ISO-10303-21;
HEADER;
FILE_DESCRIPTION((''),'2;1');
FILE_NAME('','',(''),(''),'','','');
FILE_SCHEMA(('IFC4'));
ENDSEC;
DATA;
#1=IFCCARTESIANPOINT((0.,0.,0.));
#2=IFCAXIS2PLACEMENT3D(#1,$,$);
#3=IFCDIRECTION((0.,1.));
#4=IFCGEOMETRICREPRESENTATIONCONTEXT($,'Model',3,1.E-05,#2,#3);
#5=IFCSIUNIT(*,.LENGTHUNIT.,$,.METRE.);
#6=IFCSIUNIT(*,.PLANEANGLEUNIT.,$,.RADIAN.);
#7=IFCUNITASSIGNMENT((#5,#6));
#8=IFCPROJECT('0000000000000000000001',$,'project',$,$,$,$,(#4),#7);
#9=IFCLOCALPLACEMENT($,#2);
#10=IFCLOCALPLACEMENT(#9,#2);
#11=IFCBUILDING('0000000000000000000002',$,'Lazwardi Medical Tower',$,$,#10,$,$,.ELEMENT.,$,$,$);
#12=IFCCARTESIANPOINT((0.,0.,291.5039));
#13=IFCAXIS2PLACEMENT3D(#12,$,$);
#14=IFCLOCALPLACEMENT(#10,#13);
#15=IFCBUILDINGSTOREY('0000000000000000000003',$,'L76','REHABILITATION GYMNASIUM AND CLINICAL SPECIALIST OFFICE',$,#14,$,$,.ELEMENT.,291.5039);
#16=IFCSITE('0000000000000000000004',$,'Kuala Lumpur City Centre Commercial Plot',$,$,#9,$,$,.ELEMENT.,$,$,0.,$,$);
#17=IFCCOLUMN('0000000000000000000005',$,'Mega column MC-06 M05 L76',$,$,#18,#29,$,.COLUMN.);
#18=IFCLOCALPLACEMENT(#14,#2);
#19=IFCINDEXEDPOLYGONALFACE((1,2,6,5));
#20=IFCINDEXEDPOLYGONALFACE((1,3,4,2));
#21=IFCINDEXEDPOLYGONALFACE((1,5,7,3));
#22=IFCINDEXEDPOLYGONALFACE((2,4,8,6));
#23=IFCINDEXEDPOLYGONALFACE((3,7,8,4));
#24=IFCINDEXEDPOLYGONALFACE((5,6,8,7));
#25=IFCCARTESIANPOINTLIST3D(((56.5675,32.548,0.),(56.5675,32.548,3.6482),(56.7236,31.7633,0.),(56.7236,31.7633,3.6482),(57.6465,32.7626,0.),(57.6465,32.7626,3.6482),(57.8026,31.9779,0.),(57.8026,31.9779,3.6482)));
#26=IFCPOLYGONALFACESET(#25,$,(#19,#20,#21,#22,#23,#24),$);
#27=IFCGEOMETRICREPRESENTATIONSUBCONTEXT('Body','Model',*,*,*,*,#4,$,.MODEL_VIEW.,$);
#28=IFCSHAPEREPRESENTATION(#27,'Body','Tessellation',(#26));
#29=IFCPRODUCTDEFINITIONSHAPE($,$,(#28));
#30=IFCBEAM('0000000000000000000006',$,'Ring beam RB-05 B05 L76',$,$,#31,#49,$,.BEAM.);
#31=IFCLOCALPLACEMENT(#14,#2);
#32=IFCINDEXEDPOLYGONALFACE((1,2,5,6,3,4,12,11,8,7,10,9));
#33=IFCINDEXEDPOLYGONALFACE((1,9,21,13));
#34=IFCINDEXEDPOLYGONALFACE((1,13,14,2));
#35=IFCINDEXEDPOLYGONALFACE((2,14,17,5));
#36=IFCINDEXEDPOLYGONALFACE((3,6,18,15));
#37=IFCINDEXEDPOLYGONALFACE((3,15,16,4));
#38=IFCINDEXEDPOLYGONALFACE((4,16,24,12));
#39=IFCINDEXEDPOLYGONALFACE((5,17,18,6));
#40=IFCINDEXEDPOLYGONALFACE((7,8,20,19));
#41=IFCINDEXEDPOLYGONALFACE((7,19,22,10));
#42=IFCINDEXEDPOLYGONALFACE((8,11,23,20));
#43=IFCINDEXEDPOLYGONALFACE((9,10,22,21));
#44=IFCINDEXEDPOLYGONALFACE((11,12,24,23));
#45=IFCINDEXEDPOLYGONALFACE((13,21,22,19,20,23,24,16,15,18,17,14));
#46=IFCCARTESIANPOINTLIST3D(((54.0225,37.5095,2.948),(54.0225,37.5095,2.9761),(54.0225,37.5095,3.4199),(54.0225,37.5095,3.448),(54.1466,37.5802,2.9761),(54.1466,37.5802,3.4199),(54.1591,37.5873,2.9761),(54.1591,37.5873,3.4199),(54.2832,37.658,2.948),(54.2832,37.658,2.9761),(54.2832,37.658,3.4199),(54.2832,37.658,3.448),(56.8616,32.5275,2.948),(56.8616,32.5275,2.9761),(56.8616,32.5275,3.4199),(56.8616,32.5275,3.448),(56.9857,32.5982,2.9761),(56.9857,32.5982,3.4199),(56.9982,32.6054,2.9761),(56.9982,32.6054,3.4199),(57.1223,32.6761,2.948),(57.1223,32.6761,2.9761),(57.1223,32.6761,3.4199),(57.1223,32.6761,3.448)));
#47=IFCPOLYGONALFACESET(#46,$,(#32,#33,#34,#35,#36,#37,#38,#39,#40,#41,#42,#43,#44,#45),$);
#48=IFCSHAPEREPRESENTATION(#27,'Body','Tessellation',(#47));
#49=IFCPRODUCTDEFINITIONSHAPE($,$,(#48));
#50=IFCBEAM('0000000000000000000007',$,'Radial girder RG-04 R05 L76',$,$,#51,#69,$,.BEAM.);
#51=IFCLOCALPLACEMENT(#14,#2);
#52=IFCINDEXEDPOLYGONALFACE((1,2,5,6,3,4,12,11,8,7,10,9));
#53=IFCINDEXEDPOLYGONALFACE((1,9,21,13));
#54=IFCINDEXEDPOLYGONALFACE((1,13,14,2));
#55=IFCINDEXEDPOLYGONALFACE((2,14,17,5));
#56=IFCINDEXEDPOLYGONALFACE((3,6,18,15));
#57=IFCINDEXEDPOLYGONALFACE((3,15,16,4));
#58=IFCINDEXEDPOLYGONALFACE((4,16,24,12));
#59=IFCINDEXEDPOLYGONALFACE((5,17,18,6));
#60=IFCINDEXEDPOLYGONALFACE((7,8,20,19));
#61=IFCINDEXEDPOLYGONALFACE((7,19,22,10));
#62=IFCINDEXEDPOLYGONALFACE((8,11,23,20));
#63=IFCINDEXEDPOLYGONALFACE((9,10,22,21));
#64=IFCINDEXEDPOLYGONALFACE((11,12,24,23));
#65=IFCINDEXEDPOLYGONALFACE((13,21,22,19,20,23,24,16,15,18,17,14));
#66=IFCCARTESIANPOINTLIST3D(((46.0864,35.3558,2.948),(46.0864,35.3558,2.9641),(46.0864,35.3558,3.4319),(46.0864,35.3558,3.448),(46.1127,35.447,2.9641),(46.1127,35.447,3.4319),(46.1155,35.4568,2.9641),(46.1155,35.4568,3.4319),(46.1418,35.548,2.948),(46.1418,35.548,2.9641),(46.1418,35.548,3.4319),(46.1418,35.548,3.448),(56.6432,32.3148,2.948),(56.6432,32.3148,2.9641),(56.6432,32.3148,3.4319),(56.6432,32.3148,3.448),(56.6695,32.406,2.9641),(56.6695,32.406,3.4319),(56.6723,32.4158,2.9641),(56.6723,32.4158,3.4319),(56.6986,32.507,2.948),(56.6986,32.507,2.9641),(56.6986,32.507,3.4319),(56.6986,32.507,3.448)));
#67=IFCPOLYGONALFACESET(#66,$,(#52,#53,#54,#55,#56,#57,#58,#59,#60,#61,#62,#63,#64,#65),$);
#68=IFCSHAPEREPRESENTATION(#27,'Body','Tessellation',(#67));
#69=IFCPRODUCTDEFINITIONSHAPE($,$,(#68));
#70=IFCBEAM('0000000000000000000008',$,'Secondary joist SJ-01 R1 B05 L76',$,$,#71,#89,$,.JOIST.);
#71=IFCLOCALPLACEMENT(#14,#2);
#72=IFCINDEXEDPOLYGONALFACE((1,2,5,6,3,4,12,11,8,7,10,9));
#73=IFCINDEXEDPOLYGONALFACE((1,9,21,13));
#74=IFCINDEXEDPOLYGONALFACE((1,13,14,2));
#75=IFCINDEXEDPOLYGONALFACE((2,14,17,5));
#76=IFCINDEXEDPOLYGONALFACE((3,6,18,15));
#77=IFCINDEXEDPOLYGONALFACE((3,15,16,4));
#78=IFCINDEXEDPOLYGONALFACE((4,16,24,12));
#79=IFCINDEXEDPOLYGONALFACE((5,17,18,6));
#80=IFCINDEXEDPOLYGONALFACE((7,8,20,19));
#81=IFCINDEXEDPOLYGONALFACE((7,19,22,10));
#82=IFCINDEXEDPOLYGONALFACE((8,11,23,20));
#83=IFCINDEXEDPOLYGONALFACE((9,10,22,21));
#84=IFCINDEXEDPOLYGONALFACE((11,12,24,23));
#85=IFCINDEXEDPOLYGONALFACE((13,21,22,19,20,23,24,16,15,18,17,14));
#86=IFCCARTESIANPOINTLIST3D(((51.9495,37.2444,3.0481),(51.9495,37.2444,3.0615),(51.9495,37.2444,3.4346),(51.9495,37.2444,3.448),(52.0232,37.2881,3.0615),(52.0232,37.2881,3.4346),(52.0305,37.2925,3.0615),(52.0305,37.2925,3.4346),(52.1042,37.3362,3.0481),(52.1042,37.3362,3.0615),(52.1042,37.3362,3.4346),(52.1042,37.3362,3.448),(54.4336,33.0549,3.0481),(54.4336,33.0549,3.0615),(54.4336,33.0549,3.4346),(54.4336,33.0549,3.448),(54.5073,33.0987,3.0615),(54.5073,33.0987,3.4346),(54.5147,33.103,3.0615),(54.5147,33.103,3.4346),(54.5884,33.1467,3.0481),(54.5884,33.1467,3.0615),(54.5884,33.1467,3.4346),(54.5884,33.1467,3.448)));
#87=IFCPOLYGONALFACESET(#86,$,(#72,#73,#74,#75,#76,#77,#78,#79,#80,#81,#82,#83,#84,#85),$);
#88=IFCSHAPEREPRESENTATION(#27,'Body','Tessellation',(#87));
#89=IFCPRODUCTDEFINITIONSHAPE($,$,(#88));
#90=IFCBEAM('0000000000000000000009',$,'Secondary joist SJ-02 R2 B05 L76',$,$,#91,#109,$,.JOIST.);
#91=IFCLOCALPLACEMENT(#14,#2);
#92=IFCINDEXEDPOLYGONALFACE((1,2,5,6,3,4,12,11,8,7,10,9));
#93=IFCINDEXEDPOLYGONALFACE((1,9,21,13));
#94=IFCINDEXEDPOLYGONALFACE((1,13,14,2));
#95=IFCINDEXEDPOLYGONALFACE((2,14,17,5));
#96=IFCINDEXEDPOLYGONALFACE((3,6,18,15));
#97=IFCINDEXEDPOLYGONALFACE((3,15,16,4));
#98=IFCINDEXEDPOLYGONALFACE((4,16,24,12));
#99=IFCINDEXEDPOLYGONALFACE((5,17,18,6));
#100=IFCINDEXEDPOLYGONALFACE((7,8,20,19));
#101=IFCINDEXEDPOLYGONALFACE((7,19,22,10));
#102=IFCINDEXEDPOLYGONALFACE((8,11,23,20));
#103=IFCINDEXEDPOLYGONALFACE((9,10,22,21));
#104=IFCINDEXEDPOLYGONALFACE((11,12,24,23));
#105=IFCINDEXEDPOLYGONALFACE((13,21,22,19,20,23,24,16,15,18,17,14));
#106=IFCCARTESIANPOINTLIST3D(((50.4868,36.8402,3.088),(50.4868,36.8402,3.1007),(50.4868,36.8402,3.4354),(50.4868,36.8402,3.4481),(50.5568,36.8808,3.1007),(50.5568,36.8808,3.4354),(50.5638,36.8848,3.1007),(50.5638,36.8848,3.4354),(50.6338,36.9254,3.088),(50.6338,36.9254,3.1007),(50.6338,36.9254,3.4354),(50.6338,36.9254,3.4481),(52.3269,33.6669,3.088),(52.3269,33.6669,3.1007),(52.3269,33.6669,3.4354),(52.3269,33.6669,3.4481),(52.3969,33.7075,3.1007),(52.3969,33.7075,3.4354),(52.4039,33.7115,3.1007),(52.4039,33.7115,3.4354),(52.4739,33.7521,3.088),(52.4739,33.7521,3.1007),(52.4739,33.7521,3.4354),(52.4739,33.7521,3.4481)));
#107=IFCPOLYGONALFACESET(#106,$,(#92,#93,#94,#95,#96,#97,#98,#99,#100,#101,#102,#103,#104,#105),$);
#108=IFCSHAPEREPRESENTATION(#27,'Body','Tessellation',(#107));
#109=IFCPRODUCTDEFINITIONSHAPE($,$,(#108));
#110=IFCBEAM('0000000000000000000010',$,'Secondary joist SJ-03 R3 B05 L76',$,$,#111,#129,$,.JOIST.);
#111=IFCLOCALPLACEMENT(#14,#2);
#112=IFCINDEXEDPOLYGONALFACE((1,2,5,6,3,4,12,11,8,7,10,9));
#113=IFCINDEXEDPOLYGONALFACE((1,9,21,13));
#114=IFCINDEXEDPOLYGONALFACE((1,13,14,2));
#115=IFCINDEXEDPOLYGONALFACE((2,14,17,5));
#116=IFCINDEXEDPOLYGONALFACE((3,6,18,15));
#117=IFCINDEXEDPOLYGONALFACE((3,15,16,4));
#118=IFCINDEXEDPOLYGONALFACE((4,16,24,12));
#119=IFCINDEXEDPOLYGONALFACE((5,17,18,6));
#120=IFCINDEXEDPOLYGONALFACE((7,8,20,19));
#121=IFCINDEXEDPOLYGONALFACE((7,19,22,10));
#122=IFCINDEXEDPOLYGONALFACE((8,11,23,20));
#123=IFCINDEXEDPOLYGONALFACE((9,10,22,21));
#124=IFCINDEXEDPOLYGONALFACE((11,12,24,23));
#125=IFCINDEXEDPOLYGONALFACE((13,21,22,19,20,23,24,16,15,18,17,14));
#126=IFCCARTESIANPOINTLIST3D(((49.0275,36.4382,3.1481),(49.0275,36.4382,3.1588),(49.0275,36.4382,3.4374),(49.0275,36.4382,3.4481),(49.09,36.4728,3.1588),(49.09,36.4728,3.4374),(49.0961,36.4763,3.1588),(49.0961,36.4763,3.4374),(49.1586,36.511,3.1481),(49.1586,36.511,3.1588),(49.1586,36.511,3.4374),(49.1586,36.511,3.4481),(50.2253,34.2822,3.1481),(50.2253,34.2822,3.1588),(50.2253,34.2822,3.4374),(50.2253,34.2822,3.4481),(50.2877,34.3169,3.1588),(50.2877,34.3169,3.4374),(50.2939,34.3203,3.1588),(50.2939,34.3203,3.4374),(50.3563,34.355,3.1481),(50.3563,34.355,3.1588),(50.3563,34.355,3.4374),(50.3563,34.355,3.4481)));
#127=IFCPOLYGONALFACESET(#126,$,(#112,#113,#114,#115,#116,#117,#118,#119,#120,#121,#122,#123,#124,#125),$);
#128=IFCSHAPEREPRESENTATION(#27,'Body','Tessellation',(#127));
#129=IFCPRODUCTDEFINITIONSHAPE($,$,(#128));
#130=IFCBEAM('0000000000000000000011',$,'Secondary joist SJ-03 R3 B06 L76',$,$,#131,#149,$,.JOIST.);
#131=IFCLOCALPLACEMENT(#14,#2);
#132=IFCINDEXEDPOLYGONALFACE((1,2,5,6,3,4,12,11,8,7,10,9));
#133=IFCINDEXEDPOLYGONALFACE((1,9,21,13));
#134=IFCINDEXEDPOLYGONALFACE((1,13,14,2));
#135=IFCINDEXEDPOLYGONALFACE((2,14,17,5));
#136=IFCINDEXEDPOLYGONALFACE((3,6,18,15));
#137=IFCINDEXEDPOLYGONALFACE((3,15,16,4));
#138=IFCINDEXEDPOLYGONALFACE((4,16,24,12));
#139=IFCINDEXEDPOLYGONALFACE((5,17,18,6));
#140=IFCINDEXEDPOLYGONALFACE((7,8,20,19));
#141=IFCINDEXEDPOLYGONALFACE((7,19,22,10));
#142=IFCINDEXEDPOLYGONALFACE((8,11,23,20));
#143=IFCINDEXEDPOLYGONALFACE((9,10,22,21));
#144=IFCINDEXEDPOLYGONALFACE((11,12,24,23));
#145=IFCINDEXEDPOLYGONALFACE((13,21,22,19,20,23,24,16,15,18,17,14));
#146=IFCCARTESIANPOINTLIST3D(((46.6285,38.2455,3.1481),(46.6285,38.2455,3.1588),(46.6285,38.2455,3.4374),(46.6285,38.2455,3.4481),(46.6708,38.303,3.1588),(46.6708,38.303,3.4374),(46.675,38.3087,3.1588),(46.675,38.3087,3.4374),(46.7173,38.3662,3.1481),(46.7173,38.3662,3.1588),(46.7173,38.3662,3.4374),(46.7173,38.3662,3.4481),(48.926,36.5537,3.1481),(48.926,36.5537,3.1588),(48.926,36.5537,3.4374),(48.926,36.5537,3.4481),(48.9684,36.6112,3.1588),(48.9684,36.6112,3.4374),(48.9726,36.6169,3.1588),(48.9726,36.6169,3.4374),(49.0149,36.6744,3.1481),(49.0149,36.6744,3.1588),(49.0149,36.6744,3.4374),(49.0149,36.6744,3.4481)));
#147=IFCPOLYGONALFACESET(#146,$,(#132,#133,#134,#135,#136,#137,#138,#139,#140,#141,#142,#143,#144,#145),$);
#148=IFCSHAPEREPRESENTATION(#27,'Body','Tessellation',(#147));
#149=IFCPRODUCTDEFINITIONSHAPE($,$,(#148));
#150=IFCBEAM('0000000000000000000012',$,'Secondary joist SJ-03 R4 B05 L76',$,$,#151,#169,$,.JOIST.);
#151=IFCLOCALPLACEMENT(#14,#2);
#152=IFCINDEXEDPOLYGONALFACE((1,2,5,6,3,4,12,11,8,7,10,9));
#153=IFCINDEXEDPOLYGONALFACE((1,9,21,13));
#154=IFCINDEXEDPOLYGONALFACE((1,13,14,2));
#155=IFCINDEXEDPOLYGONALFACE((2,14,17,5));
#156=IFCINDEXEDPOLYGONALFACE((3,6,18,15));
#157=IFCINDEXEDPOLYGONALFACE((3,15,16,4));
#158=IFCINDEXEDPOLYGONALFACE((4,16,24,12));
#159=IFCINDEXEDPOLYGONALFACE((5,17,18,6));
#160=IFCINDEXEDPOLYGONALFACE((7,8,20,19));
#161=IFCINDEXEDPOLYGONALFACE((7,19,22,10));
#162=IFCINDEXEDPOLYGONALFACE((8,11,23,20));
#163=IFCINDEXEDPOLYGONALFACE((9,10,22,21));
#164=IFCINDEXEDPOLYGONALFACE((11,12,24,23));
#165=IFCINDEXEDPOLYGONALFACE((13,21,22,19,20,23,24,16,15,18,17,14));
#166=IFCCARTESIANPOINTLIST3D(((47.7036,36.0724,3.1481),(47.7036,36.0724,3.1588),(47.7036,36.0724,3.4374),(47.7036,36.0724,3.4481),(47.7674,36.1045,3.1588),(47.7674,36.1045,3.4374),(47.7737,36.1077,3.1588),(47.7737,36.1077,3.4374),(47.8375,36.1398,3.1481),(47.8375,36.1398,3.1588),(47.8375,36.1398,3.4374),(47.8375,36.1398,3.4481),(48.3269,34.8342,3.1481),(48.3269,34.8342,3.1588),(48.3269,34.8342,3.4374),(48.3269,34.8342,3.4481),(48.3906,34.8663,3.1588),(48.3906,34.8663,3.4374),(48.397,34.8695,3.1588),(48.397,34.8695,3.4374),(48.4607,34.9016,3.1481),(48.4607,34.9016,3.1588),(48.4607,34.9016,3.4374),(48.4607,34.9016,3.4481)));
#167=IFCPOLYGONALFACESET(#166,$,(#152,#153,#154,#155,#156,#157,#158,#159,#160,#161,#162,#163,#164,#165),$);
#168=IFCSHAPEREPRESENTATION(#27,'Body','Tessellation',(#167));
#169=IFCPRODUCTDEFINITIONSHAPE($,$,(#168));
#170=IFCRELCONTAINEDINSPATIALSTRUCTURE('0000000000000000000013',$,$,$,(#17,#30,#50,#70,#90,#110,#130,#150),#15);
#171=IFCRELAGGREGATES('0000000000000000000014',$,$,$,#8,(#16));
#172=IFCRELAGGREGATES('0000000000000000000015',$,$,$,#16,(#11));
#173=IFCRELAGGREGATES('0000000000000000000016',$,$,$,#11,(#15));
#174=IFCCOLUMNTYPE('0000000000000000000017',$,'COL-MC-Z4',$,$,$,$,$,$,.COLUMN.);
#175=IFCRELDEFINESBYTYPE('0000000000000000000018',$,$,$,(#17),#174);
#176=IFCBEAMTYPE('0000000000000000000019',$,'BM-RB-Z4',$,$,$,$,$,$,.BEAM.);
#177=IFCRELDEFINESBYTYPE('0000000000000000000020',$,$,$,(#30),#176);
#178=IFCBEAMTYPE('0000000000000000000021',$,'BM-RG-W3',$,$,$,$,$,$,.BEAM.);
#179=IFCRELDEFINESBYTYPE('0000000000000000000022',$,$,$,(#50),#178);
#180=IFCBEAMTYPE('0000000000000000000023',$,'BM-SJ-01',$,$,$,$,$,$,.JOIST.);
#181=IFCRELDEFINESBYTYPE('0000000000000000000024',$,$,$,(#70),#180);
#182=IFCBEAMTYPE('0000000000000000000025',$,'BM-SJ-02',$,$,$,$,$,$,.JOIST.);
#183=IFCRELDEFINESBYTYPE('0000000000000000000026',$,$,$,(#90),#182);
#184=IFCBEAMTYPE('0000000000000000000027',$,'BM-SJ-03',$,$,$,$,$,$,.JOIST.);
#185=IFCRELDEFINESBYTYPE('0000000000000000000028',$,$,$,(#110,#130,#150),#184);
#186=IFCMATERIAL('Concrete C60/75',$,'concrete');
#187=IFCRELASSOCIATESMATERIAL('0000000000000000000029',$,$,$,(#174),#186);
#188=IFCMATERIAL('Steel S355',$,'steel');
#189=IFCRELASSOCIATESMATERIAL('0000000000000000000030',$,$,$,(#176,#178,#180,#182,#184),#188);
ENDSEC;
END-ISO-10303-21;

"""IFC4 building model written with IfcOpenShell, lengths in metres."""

from ifc_helpers import new_model, si_unit, direction, frame, origin, origin_2d, place, context, subcontext, project, spatial, rectangle, i_section, extrude, material, material_profile, profile_set, type_object, element, save


model = new_model("IFC4")

# Units and contexts
model_context = context("Model", 3, precision=1e-05, world=origin(), true_north=direction((0.0, 1.0)))
body_context = subcontext(model_context, "Body", "Model", "MODEL_VIEW")
ifc_project = project(units=[si_unit("LENGTHUNIT", "METRE"), si_unit("PLANEANGLEUNIT", "RADIAN")], contexts=[model_context])

# Site, building, storey
site_placement = place(None, origin())
site = spatial("IfcSite", under=ifc_project, at=site_placement, Name="Kuala Lumpur City Centre Commercial Plot", CompositionType="ELEMENT", RefElevation=0.0)
building_placement = place(site_placement, origin())
building = spatial("IfcBuilding", under=site, at=building_placement, Name="Lazwardi Medical Tower", CompositionType="ELEMENT")
storey_placement = place(building_placement, frame((0.0, 0.0, 291.5039)))
storey = spatial("IfcBuildingStorey", under=building, at=storey_placement, Name="L76", Description="REHABILITATION GYMNASIUM AND CLINICAL SPECIALIST OFFICE", CompositionType="ELEMENT", Elevation=291.5039)

# Column
ifc_material_1 = material(Name="Concrete C60/75", Category="concrete")
ifc_material_profile_1 = material_profile(ifc_material_1, rectangle(XDim=1.1001, YDim=0.8, at=origin_2d()), Name="CFT-RECT 1100x800")
ifc_profile_set_1 = profile_set([ifc_material_profile_1], Name="Concrete C60/75")
column_type = type_object("IfcColumnType", Name="COL-MC-Z4", PredefinedType="COLUMN", material=ifc_profile_set_1)
column_placement = place(storey_placement, frame((57.1851, 32.2629, 0.0), z_axis=(0.0, 0.0, 1.0), x_axis=(0.980785, 0.19509, 0.0)))
element("IfcColumn", 1, at=column_placement, inside=storey, type_object=column_type, Name="Mega column MC-06 M05 L76", PredefinedType="COLUMN", context=body_context, shape_type="SweptSolid", body=[
    extrude(rectangle(XDim=1.1001, YDim=0.8, at=origin_2d()), origin(), (0.0, 0.0, 1.0), 3.6482),
])

# Beams
ifc_material_2 = material(Name="Steel S355", Category="steel")
ifc_material_profile_2 = material_profile(ifc_material_2, i_section(OverallWidth=0.3, OverallDepth=0.5, WebThickness=0.0144, FlangeThickness=0.0281, at=origin_2d()), Name="HEB 500")
ifc_profile_set_2 = profile_set([ifc_material_profile_2], Name="Steel S355")
beam_type_1 = type_object("IfcBeamType", Name="BM-RB-Z4", PredefinedType="BEAM", material=ifc_profile_set_2)
beam_1_placement = place(storey_placement, frame((56.9919, 32.6018, 3.198), z_axis=(-0.495125, 0.868822, 0.0), x_axis=(-0.868822, -0.495125, 0.0)))
element("IfcBeam", 2, at=beam_1_placement, inside=storey, type_object=beam_type_1, Name="Ring beam RB-05 B05 L76", PredefinedType="BEAM", context=body_context, shape_type="SweptSolid", body=[
    extrude(i_section(OverallWidth=0.3, OverallDepth=0.5, WebThickness=0.0144, FlangeThickness=0.0281, at=origin_2d()), origin(), (0.0, 0.0, 1.0), 5.7341),
])
ifc_material_profile_3 = material_profile(ifc_material_2, i_section(OverallWidth=0.2, OverallDepth=0.5, WebThickness=0.0103, FlangeThickness=0.0161, at=origin_2d()), Name="IPE 500")
ifc_profile_set_3 = profile_set([ifc_material_profile_3], Name="Steel S355")
beam_type_2 = type_object("IfcBeamType", Name="BM-RG-W3", PredefinedType="BEAM", material=ifc_profile_set_3)
beam_2_placement = place(storey_placement, frame((56.6709, 32.4109, 3.198), z_axis=(-0.960926, 0.276804, 0.0), x_axis=(-0.276804, -0.960926, 0.0)))
element("IfcBeam", 3, at=beam_2_placement, inside=storey, type_object=beam_type_2, Name="Radial girder RG-04 R05 L76", PredefinedType="BEAM", context=body_context, shape_type="SweptSolid", body=[
    extrude(i_section(OverallWidth=0.2, OverallDepth=0.5, WebThickness=0.0103, FlangeThickness=0.0161, at=origin_2d()), origin(), (0.0, 0.0, 1.0), 10.9861),
])
ifc_material_profile_4 = material_profile(ifc_material_2, i_section(OverallWidth=0.1799, OverallDepth=0.3999, WebThickness=0.0085, FlangeThickness=0.0134, at=origin_2d()), Name="IPE 400")
ifc_profile_set_4 = profile_set([ifc_material_profile_4], Name="Steel S355")
beam_type_3 = type_object("IfcBeamType", Name="BM-SJ-01", PredefinedType="JOIST", material=ifc_profile_set_4)
beam_3_placement = place(storey_placement, frame((54.511, 33.1008, 3.248), z_axis=(-0.510029, 0.860157, 0.0), x_axis=(-0.860157, -0.510029, 0.0)))
element("IfcBeam", 4, at=beam_3_placement, inside=storey, type_object=beam_type_3, Name="Secondary joist SJ-01 R1 B05 L76", PredefinedType="JOIST", context=body_context, shape_type="SweptSolid", body=[
    extrude(i_section(OverallWidth=0.1799, OverallDepth=0.3999, WebThickness=0.0085, FlangeThickness=0.0134, at=origin_2d()), origin(), (0.0, 0.0, 1.0), 4.8706),
])
ifc_material_profile_5 = material_profile(ifc_material_2, i_section(OverallWidth=0.1699, OverallDepth=0.3601, WebThickness=0.0081, FlangeThickness=0.0127, at=origin_2d()), Name="IPE 360")
ifc_profile_set_5 = profile_set([ifc_material_profile_5], Name="Steel S355")
beam_type_4 = type_object("IfcBeamType", Name="BM-SJ-02", PredefinedType="JOIST", material=ifc_profile_set_5)
beam_4_placement = place(storey_placement, frame((52.4004, 33.7095, 3.2681), z_axis=(-0.501626, 0.865084, 0.0), x_axis=(-0.865084, -0.501626, 0.0)))
element("IfcBeam", 5, at=beam_4_placement, inside=storey, type_object=beam_type_4, Name="Secondary joist SJ-02 R2 B05 L76", PredefinedType="JOIST", context=body_context, shape_type="SweptSolid", body=[
    extrude(i_section(OverallWidth=0.1699, OverallDepth=0.3601, WebThickness=0.0081, FlangeThickness=0.0127, at=origin_2d()), origin(), (0.0, 0.0, 1.0), 3.6682),
])
ifc_material_profile_6 = material_profile(ifc_material_2, i_section(OverallWidth=0.1499, OverallDepth=0.3, WebThickness=0.0071, FlangeThickness=0.0107, at=origin_2d()), Name="IPE 300")
ifc_profile_set_6 = profile_set([ifc_material_profile_6], Name="Steel S355")
beam_type_5 = type_object("IfcBeamType", Name="BM-SJ-03", PredefinedType="JOIST", material=ifc_profile_set_6)
beam_5_placement = place(storey_placement, frame((50.2908, 34.3186, 3.2981), z_axis=(-0.485635, 0.874162, 0.0), x_axis=(-0.874162, -0.485635, 0.0)))
element("IfcBeam", 6, at=beam_5_placement, inside=storey, type_object=beam_type_5, Name="Secondary joist SJ-03 R3 B05 L76", PredefinedType="JOIST", context=body_context, shape_type="SweptSolid", body=[
    extrude(i_section(OverallWidth=0.1499, OverallDepth=0.3, WebThickness=0.0071, FlangeThickness=0.0107, at=origin_2d()), origin(), (0.0, 0.0, 1.0), 2.4663),
])
beam_6_placement = place(storey_placement, frame((48.9705, 36.614, 3.2981), z_axis=(-0.805236, 0.592954, 0.0), x_axis=(-0.592954, -0.805236, 0.0)))
element("IfcBeam", 7, at=beam_6_placement, inside=storey, type_object=beam_type_5, Name="Secondary joist SJ-03 R3 B06 L76", PredefinedType="JOIST", context=body_context, shape_type="SweptSolid", body=[
    extrude(i_section(OverallWidth=0.1499, OverallDepth=0.3, WebThickness=0.0071, FlangeThickness=0.0107, at=origin_2d()), origin(), (0.0, 0.0, 1.0), 2.8533),
])
beam_7_placement = place(storey_placement, frame((48.3938, 34.8679, 3.2981), z_axis=(-0.449607, 0.893226, 0.0), x_axis=(-0.893226, -0.449607, 0.0)))
element("IfcBeam", 8, at=beam_7_placement, inside=storey, type_object=beam_type_5, Name="Secondary joist SJ-03 R4 B05 L76", PredefinedType="JOIST", context=body_context, shape_type="SweptSolid", body=[
    extrude(i_section(OverallWidth=0.1499, OverallDepth=0.3, WebThickness=0.0071, FlangeThickness=0.0107, at=origin_2d()), origin(), (0.0, 0.0, 1.0), 1.3862),
])

save(model, "model.ifc")
